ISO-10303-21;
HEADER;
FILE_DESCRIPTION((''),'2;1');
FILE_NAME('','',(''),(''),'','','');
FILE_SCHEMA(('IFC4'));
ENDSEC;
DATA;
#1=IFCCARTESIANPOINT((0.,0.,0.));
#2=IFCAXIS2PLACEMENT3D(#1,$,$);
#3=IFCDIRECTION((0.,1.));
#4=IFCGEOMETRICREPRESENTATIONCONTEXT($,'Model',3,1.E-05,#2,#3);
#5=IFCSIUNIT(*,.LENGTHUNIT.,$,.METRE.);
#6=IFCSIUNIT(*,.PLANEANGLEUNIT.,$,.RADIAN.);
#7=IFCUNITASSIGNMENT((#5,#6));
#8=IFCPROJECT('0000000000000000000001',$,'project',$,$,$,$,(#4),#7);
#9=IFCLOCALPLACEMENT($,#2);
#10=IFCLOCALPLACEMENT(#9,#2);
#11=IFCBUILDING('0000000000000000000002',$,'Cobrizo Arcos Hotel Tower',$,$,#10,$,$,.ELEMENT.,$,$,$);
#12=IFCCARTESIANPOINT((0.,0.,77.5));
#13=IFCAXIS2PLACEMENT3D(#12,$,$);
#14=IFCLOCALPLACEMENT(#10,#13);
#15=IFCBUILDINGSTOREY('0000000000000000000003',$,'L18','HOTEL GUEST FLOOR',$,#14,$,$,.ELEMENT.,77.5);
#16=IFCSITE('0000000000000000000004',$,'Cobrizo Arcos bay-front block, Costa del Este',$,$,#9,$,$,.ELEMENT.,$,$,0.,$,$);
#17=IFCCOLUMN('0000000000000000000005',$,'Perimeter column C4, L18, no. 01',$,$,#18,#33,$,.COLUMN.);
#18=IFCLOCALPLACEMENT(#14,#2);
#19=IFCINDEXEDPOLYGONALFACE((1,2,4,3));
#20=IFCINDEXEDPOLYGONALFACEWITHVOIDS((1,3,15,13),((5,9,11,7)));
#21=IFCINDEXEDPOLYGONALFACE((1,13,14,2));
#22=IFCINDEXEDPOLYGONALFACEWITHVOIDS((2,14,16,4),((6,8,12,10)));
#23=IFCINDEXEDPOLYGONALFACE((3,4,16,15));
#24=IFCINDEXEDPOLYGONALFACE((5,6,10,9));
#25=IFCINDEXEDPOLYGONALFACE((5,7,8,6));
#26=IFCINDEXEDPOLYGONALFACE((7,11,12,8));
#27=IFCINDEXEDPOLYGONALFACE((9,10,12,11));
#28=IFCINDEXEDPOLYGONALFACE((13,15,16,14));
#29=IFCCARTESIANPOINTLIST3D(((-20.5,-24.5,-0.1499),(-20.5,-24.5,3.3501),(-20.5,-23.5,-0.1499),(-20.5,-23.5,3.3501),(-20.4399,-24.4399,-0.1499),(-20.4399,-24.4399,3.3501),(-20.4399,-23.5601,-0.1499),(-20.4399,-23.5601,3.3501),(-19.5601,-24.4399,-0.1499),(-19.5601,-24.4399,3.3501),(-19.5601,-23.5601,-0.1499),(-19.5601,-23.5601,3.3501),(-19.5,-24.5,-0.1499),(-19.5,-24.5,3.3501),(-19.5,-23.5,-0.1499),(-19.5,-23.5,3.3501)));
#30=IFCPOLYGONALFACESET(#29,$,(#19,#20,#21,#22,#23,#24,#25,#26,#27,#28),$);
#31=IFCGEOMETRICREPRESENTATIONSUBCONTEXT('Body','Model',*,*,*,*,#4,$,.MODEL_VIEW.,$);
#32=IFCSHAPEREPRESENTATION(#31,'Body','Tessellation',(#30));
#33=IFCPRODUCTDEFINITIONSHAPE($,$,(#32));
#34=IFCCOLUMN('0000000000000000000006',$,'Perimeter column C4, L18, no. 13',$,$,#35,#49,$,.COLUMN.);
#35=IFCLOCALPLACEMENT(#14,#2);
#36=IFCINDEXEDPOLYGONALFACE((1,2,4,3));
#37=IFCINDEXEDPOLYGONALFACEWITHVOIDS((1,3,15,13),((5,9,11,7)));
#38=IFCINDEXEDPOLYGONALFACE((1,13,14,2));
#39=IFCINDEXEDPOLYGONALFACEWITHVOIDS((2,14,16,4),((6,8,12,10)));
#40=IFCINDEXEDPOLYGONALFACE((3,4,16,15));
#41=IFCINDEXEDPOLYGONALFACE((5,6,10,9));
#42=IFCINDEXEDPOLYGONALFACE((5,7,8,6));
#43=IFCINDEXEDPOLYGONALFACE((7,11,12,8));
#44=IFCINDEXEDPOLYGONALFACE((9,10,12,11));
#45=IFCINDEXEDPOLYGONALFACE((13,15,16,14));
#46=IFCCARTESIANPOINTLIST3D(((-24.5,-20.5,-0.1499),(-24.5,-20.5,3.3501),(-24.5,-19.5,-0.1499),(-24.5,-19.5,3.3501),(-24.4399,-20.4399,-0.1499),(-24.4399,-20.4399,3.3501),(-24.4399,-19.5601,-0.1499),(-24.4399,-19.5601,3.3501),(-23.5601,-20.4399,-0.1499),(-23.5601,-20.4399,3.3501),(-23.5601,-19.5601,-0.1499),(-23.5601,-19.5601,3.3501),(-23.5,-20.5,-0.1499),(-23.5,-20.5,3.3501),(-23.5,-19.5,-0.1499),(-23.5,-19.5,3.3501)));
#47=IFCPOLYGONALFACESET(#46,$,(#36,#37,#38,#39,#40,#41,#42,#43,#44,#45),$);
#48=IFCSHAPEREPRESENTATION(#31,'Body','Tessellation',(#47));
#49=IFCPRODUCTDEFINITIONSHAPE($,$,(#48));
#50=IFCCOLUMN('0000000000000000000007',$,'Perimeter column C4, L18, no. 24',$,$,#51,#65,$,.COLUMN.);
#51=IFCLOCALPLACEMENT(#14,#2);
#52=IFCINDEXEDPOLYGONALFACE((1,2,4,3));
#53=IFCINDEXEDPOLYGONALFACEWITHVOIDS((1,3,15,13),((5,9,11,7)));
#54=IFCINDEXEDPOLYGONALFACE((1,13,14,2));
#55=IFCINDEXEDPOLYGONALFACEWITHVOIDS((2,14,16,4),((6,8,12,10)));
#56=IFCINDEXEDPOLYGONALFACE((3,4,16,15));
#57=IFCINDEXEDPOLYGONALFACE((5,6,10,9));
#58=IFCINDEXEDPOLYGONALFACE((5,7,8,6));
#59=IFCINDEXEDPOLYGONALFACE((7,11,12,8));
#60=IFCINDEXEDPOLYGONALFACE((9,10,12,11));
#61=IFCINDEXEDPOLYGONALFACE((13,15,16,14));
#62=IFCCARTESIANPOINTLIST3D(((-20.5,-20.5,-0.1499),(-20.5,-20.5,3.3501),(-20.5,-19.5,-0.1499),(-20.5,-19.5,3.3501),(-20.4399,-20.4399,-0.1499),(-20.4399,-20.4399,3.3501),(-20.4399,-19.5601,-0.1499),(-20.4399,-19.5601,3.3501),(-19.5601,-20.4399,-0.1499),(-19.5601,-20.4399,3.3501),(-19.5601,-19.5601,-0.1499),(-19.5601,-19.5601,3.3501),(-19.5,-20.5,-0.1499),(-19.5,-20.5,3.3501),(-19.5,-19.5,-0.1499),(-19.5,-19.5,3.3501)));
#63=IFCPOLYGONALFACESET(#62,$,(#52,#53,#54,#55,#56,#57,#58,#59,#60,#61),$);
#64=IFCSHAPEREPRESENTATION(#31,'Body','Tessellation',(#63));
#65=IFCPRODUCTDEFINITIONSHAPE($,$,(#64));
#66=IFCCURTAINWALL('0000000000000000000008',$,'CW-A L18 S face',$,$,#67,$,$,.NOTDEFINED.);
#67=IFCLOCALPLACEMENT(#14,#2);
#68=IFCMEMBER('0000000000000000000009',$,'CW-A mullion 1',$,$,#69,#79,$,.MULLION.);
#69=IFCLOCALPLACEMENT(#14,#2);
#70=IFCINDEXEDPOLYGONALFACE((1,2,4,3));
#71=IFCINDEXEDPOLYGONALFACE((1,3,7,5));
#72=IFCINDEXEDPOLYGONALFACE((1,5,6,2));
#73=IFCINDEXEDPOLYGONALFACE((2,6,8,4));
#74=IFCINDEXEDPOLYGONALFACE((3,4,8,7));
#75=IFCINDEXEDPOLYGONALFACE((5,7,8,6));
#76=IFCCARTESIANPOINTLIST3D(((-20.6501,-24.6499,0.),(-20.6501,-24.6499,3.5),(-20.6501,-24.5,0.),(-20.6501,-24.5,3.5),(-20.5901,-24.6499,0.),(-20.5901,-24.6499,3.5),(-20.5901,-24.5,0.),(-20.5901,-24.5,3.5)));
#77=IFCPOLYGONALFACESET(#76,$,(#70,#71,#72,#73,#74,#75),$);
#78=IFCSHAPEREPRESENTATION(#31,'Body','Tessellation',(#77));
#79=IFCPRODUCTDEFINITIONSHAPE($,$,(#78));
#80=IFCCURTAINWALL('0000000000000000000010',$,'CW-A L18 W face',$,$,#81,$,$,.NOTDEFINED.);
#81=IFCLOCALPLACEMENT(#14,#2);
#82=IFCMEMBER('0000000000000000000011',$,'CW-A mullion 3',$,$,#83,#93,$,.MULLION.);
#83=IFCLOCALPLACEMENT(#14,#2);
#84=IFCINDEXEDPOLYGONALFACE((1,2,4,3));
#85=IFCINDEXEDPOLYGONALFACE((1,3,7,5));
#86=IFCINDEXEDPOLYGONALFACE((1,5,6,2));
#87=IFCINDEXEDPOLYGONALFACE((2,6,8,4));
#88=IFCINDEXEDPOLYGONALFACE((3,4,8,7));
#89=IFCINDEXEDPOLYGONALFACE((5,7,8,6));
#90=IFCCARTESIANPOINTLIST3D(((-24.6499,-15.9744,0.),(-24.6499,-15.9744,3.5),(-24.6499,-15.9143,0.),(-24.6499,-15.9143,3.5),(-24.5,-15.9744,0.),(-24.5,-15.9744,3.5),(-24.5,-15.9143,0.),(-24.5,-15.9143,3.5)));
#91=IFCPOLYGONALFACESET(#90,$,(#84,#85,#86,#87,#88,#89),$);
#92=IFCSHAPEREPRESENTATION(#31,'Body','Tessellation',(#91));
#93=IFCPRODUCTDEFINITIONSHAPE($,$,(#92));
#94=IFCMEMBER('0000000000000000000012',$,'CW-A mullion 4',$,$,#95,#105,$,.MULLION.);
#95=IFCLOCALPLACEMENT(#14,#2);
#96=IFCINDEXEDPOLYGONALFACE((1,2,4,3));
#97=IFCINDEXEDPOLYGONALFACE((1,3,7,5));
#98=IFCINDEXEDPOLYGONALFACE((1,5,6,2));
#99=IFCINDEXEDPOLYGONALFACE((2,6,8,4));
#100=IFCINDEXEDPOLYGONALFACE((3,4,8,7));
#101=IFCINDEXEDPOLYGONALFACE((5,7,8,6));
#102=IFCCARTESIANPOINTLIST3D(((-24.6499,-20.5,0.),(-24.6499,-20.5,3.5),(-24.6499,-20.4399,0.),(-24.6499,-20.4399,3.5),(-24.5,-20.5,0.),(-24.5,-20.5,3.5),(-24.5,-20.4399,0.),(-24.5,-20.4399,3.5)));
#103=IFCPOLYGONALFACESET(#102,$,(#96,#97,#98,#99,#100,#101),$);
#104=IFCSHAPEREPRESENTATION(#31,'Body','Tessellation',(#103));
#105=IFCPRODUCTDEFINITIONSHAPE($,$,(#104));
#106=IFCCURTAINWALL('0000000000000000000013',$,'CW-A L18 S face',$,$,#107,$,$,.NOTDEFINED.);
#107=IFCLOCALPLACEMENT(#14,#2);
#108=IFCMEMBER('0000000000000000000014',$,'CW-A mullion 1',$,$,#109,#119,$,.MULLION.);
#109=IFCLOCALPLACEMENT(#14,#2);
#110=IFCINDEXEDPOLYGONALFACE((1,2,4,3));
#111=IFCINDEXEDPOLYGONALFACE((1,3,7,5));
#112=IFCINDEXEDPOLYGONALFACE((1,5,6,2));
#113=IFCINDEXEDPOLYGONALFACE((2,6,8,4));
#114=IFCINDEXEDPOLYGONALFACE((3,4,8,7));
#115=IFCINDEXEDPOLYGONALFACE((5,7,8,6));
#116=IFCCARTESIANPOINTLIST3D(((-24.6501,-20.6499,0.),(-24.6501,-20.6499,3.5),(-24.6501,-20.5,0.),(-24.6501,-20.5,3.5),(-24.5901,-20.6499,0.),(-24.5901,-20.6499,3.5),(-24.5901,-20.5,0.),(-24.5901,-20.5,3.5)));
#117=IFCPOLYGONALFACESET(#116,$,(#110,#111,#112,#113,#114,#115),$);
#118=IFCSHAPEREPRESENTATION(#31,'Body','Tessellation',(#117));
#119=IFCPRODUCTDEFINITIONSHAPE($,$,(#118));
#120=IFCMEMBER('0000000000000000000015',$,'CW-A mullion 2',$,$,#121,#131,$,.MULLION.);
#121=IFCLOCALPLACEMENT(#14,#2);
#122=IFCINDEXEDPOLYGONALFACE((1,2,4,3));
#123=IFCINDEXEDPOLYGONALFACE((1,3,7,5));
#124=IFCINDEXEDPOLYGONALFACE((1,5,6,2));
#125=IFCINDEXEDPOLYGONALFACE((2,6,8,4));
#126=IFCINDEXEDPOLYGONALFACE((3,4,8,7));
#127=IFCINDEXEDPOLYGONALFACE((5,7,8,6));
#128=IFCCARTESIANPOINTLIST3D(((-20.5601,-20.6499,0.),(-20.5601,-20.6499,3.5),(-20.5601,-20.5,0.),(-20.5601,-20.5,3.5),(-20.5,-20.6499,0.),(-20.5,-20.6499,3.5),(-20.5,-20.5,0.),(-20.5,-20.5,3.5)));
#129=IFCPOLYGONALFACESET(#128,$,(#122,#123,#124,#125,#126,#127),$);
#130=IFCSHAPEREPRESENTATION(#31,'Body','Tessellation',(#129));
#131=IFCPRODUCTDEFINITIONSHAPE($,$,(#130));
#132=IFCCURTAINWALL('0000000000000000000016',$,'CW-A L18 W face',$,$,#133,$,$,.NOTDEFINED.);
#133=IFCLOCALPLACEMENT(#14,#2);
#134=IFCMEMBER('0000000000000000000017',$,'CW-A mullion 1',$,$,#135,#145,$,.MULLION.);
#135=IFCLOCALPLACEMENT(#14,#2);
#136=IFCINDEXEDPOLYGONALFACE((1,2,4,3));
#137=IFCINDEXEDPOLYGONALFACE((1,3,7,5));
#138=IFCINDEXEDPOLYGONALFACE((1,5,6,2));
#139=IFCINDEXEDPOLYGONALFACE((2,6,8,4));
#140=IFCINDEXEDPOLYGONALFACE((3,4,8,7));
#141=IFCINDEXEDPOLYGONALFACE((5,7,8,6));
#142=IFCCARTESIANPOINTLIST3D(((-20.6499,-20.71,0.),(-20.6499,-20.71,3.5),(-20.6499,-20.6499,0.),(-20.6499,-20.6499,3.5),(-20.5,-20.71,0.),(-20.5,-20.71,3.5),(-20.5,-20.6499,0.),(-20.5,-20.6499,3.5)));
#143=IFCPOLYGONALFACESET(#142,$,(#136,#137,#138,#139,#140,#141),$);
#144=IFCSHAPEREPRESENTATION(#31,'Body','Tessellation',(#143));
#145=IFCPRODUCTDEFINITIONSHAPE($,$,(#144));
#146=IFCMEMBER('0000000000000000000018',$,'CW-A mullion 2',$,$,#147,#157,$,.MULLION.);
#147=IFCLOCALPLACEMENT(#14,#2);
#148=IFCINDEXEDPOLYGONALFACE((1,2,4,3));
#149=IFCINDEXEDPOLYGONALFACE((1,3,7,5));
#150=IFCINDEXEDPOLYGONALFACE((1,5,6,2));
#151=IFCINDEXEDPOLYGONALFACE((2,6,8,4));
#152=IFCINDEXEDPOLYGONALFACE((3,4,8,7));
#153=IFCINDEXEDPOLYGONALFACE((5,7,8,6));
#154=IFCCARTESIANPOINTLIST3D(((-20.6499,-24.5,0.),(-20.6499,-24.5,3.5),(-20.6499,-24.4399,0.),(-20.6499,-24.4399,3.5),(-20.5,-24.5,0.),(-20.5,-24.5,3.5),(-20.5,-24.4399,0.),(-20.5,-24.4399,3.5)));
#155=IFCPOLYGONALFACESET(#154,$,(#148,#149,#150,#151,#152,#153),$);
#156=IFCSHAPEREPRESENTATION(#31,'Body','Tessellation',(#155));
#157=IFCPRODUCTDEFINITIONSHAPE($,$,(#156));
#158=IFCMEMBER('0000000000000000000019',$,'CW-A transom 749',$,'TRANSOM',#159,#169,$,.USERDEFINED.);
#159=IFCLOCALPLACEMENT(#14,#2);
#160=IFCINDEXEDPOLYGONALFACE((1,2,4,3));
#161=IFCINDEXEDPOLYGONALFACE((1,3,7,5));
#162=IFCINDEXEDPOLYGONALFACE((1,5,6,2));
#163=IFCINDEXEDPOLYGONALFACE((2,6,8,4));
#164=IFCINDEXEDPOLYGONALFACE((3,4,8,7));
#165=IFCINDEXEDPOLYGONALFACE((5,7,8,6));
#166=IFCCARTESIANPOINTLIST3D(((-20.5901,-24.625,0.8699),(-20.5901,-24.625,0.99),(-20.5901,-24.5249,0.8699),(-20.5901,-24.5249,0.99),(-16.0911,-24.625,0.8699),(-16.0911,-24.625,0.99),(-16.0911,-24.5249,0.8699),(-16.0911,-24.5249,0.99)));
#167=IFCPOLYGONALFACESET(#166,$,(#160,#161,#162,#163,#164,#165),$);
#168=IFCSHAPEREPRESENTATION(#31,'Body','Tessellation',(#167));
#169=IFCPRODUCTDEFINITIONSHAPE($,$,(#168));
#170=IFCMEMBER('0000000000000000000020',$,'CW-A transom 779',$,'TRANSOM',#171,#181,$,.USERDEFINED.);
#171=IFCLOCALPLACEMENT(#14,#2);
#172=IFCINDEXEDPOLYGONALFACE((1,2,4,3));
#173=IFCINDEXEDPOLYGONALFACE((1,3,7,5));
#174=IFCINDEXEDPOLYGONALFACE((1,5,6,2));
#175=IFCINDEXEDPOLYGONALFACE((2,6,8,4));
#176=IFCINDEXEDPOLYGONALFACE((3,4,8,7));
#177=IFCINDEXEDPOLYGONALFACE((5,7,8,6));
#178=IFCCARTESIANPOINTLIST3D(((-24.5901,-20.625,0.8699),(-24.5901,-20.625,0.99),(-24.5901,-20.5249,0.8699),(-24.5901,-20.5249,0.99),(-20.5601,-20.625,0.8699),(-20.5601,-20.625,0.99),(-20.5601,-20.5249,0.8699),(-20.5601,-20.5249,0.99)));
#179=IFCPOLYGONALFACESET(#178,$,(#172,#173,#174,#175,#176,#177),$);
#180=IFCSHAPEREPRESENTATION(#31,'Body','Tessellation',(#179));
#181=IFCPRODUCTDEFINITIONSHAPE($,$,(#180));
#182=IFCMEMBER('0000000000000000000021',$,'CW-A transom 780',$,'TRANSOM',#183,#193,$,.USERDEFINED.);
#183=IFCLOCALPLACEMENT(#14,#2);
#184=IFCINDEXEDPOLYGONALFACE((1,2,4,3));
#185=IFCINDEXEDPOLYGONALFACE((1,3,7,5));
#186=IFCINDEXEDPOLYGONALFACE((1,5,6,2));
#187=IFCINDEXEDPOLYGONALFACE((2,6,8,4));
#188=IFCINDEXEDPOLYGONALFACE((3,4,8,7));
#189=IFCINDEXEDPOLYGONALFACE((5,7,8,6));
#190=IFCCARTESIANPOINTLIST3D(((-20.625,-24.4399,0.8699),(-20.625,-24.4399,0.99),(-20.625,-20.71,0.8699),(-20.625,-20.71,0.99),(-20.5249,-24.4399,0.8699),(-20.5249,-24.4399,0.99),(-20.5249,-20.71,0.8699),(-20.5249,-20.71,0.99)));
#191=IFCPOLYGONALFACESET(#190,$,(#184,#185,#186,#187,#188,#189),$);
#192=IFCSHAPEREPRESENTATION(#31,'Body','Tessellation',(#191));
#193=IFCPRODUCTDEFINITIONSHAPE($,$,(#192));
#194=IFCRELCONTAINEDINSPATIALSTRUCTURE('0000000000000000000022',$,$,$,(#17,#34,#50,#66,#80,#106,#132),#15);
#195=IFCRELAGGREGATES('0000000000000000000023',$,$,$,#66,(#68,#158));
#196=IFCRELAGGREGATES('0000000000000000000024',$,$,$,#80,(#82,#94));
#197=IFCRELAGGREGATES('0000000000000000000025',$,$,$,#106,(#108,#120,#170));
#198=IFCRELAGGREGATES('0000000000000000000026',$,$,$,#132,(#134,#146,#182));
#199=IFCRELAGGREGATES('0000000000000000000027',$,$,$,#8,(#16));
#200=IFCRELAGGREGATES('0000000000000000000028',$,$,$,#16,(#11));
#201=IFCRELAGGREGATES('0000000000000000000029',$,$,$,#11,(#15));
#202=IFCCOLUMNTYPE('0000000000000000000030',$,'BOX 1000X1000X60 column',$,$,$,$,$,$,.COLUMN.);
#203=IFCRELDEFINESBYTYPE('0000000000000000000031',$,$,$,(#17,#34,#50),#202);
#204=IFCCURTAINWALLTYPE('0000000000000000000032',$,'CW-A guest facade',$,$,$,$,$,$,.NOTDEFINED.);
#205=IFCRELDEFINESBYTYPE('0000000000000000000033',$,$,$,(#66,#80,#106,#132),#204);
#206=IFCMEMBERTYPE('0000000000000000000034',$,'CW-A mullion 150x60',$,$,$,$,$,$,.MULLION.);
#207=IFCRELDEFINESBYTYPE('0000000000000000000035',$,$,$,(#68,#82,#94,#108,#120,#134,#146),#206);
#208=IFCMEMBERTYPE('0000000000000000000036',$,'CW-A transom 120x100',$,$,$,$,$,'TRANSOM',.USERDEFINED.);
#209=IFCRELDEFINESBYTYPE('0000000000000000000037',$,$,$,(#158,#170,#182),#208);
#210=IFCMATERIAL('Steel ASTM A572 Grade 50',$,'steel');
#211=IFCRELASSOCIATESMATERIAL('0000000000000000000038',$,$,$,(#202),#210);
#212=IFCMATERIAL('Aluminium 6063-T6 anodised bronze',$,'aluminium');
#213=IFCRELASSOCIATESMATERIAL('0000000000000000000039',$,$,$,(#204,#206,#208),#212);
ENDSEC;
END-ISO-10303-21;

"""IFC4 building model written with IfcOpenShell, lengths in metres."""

from ifc_helpers import new_model, si_unit, direction, frame, origin, origin_2d, place, context, subcontext, project, spatial, rectangle, hollow_rectangle, extrude, material, material_profile, profile_set, type_object, element, aggregate, save


model = new_model("IFC4")

# Units and contexts
model_context = context("Model", 3, precision=1e-05, world=origin(), true_north=direction((0.0, 1.0)))
body_context = subcontext(model_context, "Body", "Model", "MODEL_VIEW")
ifc_project = project(units=[si_unit("LENGTHUNIT", "METRE"), si_unit("PLANEANGLEUNIT", "RADIAN")], contexts=[model_context])

# Site, building, storey
site_placement = place(None, origin())
site = spatial("IfcSite", under=ifc_project, at=site_placement, Name="Cobrizo Arcos bay-front block, Costa del Este", CompositionType="ELEMENT", RefElevation=0.0)
building_placement = place(site_placement, origin())
building = spatial("IfcBuilding", under=site, at=building_placement, Name="Cobrizo Arcos Hotel Tower", CompositionType="ELEMENT")
storey_placement = place(building_placement, frame((0.0, 0.0, 77.5)))
storey = spatial("IfcBuildingStorey", under=building, at=storey_placement, Name="L18", Description="HOTEL GUEST FLOOR", CompositionType="ELEMENT", Elevation=77.5)

# Columns
ifc_material_1 = material(Name="Steel ASTM A572 Grade 50", Category="steel")
ifc_material_profile_1 = material_profile(ifc_material_1, hollow_rectangle(XDim=1.0, YDim=1.0, WallThickness=0.0601, at=origin_2d()), Name="BOX 1000X1000X60")
ifc_profile_set_1 = profile_set([ifc_material_profile_1], Name="Steel ASTM A572 Grade 50")
column_type = type_object("IfcColumnType", Name="BOX 1000X1000X60 column", PredefinedType="COLUMN", material=ifc_profile_set_1)
for number, where, z_axis, x_axis, name in (
    (1, (-20.0, -24.0, -0.1499), (0.0, 0.0, 1.0), (1.0, 0.0, 0.0), "Perimeter column C4, L18, no. 01"),
    (2, (-24.0, -20.0, -0.1499), (0.0, 0.0, 1.0), (1.0, 0.0, 0.0), "Perimeter column C4, L18, no. 13"),
    (3, (-20.0, -20.0, -0.1499), (0.0, 0.0, 1.0), (1.0, 0.0, 0.0), "Perimeter column C4, L18, no. 24"),
):
    element("IfcColumn", number, at=place(storey_placement, frame(where, z_axis=z_axis, x_axis=x_axis)), inside=storey, type_object=column_type, Name=name, PredefinedType="COLUMN", context=body_context, shape_type="SweptSolid", body=[
        extrude(hollow_rectangle(XDim=1.0, YDim=1.0, WallThickness=0.0601, at=origin_2d()), origin(), (0.0, 0.0, 1.0), 3.5),
    ])

# Curtain wall, member
ifc_material_2 = material(Name="Aluminium 6063-T6 anodised bronze", Category="aluminium")
curtain_wall_type = type_object("IfcCurtainWallType", Name="CW-A guest facade", PredefinedType="NOTDEFINED", material=ifc_material_2)
curtain_wall_1_placement = place(storey_placement, origin())
curtain_wall_1 = element("IfcCurtainWall", 4, at=curtain_wall_1_placement, inside=storey, type_object=curtain_wall_type, Name="CW-A L18 S face", PredefinedType="NOTDEFINED")
ifc_material_profile_2 = material_profile(ifc_material_2, rectangle(XDim=0.1499, YDim=0.0601, at=origin_2d()), Name="CW-A mullion 150x60")
ifc_profile_set_2 = profile_set([ifc_material_profile_2], Name="Aluminium 6063-T6 anodised bronze")
member_type_1 = type_object("IfcMemberType", Name="CW-A mullion 150x60", PredefinedType="MULLION", material=ifc_profile_set_2)
member_1_placement = place(storey_placement, frame((-20.6201, -24.575, 0.0), z_axis=(0.0, 0.0, 1.0), x_axis=(0.0, -1.0, 0.0)))
member_1 = element("IfcMember", 5, at=member_1_placement, type_object=member_type_1, Name="CW-A mullion 1", PredefinedType="MULLION", context=body_context, shape_type="SweptSolid", body=[
    extrude(rectangle(XDim=0.1499, YDim=0.0601, at=origin_2d()), origin(), (0.0, 0.0, 1.0), 3.5),
])

# Curtain walls, members
curtain_wall_2_placement = place(storey_placement, origin())
curtain_wall_2 = element("IfcCurtainWall", 6, at=curtain_wall_2_placement, inside=storey, type_object=curtain_wall_type, Name="CW-A L18 W face", PredefinedType="NOTDEFINED")
member_2_placement = place(storey_placement, frame((-24.575, -15.9443, 0.0), z_axis=(0.0, 0.0, 1.0), x_axis=(-1.0, 0.0, 0.0)))
member_2 = element("IfcMember", 7, at=member_2_placement, type_object=member_type_1, Name="CW-A mullion 3", PredefinedType="MULLION", context=body_context, shape_type="SweptSolid", body=[
    extrude(rectangle(XDim=0.1499, YDim=0.0601, at=origin_2d()), origin(), (0.0, 0.0, 1.0), 3.5),
])
member_3_placement = place(storey_placement, frame((-24.575, -20.47, 0.0), z_axis=(0.0, 0.0, 1.0), x_axis=(-1.0, 0.0, 0.0)))
member_3 = element("IfcMember", 8, at=member_3_placement, type_object=member_type_1, Name="CW-A mullion 4", PredefinedType="MULLION", context=body_context, shape_type="SweptSolid", body=[
    extrude(rectangle(XDim=0.1499, YDim=0.0601, at=origin_2d()), origin(), (0.0, 0.0, 1.0), 3.5),
])
curtain_wall_3_placement = place(storey_placement, origin())
curtain_wall_3 = element("IfcCurtainWall", 9, at=curtain_wall_3_placement, inside=storey, type_object=curtain_wall_type, Name="CW-A L18 S face", PredefinedType="NOTDEFINED")
member_4_placement = place(storey_placement, frame((-24.6201, -20.575, 0.0), z_axis=(0.0, 0.0, 1.0), x_axis=(0.0, -1.0, 0.0)))
member_4 = element("IfcMember", 10, at=member_4_placement, type_object=member_type_1, Name="CW-A mullion 1", PredefinedType="MULLION", context=body_context, shape_type="SweptSolid", body=[
    extrude(rectangle(XDim=0.1499, YDim=0.0601, at=origin_2d()), origin(), (0.0, 0.0, 1.0), 3.5),
])
member_5_placement = place(storey_placement, frame((-20.53, -20.575, 0.0), z_axis=(0.0, 0.0, 1.0), x_axis=(0.0, -1.0, 0.0)))
member_5 = element("IfcMember", 11, at=member_5_placement, type_object=member_type_1, Name="CW-A mullion 2", PredefinedType="MULLION", context=body_context, shape_type="SweptSolid", body=[
    extrude(rectangle(XDim=0.1499, YDim=0.0601, at=origin_2d()), origin(), (0.0, 0.0, 1.0), 3.5),
])
curtain_wall_4_placement = place(storey_placement, origin())
curtain_wall_4 = element("IfcCurtainWall", 12, at=curtain_wall_4_placement, inside=storey, type_object=curtain_wall_type, Name="CW-A L18 W face", PredefinedType="NOTDEFINED")
member_6_placement = place(storey_placement, frame((-20.575, -20.6799, 0.0), z_axis=(0.0, 0.0, 1.0), x_axis=(-1.0, 0.0, 0.0)))
member_6 = element("IfcMember", 13, at=member_6_placement, type_object=member_type_1, Name="CW-A mullion 1", PredefinedType="MULLION", context=body_context, shape_type="SweptSolid", body=[
    extrude(rectangle(XDim=0.1499, YDim=0.0601, at=origin_2d()), origin(), (0.0, 0.0, 1.0), 3.5),
])
member_7_placement = place(storey_placement, frame((-20.575, -24.47, 0.0), z_axis=(0.0, 0.0, 1.0), x_axis=(-1.0, 0.0, 0.0)))
member_7 = element("IfcMember", 14, at=member_7_placement, type_object=member_type_1, Name="CW-A mullion 2", PredefinedType="MULLION", context=body_context, shape_type="SweptSolid", body=[
    extrude(rectangle(XDim=0.1499, YDim=0.0601, at=origin_2d()), origin(), (0.0, 0.0, 1.0), 3.5),
])

# Members
ifc_material_profile_3 = material_profile(ifc_material_2, rectangle(XDim=0.1001, YDim=0.1201, at=origin_2d()), Name="CW-A transom 120x100")
ifc_profile_set_3 = profile_set([ifc_material_profile_3], Name="Aluminium 6063-T6 anodised bronze")
member_type_2 = type_object("IfcMemberType", Name="CW-A transom 120x100", ElementType="TRANSOM", PredefinedType="USERDEFINED", material=ifc_profile_set_3)
member_8_placement = place(storey_placement, frame((-20.5901, -24.575, 0.9299), z_axis=(1.0, 0.0, 0.0), x_axis=(0.0, 1.0, 0.0)))
member_8 = element("IfcMember", 15, at=member_8_placement, type_object=member_type_2, Name="CW-A transom 749", ObjectType="TRANSOM", PredefinedType="USERDEFINED", context=body_context, shape_type="SweptSolid", body=[
    extrude(rectangle(XDim=0.1001, YDim=0.1201, at=origin_2d()), origin(), (0.0, 0.0, 1.0), 4.499),
])
member_9_placement = place(storey_placement, frame((-24.5901, -20.575, 0.9299), z_axis=(1.0, 0.0, 0.0), x_axis=(0.0, 1.0, 0.0)))
member_9 = element("IfcMember", 16, at=member_9_placement, type_object=member_type_2, Name="CW-A transom 779", ObjectType="TRANSOM", PredefinedType="USERDEFINED", context=body_context, shape_type="SweptSolid", body=[
    extrude(rectangle(XDim=0.1001, YDim=0.1201, at=origin_2d()), origin(), (0.0, 0.0, 1.0), 4.03),
])
member_10_placement = place(storey_placement, frame((-20.575, -20.71, 0.9299), z_axis=(0.0, -1.0, 0.0), x_axis=(1.0, 0.0, 0.0)))
member_10 = element("IfcMember", 17, at=member_10_placement, type_object=member_type_2, Name="CW-A transom 780", ObjectType="TRANSOM", PredefinedType="USERDEFINED", context=body_context, shape_type="SweptSolid", body=[
    extrude(rectangle(XDim=0.1001, YDim=0.1201, at=origin_2d()), origin(), (0.0, 0.0, 1.0), 3.73),
])

aggregate(curtain_wall_1, [member_1, member_8])
aggregate(curtain_wall_2, [member_2, member_3])
aggregate(curtain_wall_3, [member_4, member_5, member_9])
aggregate(curtain_wall_4, [member_6, member_7, member_10])

save(model, "model.ifc")
